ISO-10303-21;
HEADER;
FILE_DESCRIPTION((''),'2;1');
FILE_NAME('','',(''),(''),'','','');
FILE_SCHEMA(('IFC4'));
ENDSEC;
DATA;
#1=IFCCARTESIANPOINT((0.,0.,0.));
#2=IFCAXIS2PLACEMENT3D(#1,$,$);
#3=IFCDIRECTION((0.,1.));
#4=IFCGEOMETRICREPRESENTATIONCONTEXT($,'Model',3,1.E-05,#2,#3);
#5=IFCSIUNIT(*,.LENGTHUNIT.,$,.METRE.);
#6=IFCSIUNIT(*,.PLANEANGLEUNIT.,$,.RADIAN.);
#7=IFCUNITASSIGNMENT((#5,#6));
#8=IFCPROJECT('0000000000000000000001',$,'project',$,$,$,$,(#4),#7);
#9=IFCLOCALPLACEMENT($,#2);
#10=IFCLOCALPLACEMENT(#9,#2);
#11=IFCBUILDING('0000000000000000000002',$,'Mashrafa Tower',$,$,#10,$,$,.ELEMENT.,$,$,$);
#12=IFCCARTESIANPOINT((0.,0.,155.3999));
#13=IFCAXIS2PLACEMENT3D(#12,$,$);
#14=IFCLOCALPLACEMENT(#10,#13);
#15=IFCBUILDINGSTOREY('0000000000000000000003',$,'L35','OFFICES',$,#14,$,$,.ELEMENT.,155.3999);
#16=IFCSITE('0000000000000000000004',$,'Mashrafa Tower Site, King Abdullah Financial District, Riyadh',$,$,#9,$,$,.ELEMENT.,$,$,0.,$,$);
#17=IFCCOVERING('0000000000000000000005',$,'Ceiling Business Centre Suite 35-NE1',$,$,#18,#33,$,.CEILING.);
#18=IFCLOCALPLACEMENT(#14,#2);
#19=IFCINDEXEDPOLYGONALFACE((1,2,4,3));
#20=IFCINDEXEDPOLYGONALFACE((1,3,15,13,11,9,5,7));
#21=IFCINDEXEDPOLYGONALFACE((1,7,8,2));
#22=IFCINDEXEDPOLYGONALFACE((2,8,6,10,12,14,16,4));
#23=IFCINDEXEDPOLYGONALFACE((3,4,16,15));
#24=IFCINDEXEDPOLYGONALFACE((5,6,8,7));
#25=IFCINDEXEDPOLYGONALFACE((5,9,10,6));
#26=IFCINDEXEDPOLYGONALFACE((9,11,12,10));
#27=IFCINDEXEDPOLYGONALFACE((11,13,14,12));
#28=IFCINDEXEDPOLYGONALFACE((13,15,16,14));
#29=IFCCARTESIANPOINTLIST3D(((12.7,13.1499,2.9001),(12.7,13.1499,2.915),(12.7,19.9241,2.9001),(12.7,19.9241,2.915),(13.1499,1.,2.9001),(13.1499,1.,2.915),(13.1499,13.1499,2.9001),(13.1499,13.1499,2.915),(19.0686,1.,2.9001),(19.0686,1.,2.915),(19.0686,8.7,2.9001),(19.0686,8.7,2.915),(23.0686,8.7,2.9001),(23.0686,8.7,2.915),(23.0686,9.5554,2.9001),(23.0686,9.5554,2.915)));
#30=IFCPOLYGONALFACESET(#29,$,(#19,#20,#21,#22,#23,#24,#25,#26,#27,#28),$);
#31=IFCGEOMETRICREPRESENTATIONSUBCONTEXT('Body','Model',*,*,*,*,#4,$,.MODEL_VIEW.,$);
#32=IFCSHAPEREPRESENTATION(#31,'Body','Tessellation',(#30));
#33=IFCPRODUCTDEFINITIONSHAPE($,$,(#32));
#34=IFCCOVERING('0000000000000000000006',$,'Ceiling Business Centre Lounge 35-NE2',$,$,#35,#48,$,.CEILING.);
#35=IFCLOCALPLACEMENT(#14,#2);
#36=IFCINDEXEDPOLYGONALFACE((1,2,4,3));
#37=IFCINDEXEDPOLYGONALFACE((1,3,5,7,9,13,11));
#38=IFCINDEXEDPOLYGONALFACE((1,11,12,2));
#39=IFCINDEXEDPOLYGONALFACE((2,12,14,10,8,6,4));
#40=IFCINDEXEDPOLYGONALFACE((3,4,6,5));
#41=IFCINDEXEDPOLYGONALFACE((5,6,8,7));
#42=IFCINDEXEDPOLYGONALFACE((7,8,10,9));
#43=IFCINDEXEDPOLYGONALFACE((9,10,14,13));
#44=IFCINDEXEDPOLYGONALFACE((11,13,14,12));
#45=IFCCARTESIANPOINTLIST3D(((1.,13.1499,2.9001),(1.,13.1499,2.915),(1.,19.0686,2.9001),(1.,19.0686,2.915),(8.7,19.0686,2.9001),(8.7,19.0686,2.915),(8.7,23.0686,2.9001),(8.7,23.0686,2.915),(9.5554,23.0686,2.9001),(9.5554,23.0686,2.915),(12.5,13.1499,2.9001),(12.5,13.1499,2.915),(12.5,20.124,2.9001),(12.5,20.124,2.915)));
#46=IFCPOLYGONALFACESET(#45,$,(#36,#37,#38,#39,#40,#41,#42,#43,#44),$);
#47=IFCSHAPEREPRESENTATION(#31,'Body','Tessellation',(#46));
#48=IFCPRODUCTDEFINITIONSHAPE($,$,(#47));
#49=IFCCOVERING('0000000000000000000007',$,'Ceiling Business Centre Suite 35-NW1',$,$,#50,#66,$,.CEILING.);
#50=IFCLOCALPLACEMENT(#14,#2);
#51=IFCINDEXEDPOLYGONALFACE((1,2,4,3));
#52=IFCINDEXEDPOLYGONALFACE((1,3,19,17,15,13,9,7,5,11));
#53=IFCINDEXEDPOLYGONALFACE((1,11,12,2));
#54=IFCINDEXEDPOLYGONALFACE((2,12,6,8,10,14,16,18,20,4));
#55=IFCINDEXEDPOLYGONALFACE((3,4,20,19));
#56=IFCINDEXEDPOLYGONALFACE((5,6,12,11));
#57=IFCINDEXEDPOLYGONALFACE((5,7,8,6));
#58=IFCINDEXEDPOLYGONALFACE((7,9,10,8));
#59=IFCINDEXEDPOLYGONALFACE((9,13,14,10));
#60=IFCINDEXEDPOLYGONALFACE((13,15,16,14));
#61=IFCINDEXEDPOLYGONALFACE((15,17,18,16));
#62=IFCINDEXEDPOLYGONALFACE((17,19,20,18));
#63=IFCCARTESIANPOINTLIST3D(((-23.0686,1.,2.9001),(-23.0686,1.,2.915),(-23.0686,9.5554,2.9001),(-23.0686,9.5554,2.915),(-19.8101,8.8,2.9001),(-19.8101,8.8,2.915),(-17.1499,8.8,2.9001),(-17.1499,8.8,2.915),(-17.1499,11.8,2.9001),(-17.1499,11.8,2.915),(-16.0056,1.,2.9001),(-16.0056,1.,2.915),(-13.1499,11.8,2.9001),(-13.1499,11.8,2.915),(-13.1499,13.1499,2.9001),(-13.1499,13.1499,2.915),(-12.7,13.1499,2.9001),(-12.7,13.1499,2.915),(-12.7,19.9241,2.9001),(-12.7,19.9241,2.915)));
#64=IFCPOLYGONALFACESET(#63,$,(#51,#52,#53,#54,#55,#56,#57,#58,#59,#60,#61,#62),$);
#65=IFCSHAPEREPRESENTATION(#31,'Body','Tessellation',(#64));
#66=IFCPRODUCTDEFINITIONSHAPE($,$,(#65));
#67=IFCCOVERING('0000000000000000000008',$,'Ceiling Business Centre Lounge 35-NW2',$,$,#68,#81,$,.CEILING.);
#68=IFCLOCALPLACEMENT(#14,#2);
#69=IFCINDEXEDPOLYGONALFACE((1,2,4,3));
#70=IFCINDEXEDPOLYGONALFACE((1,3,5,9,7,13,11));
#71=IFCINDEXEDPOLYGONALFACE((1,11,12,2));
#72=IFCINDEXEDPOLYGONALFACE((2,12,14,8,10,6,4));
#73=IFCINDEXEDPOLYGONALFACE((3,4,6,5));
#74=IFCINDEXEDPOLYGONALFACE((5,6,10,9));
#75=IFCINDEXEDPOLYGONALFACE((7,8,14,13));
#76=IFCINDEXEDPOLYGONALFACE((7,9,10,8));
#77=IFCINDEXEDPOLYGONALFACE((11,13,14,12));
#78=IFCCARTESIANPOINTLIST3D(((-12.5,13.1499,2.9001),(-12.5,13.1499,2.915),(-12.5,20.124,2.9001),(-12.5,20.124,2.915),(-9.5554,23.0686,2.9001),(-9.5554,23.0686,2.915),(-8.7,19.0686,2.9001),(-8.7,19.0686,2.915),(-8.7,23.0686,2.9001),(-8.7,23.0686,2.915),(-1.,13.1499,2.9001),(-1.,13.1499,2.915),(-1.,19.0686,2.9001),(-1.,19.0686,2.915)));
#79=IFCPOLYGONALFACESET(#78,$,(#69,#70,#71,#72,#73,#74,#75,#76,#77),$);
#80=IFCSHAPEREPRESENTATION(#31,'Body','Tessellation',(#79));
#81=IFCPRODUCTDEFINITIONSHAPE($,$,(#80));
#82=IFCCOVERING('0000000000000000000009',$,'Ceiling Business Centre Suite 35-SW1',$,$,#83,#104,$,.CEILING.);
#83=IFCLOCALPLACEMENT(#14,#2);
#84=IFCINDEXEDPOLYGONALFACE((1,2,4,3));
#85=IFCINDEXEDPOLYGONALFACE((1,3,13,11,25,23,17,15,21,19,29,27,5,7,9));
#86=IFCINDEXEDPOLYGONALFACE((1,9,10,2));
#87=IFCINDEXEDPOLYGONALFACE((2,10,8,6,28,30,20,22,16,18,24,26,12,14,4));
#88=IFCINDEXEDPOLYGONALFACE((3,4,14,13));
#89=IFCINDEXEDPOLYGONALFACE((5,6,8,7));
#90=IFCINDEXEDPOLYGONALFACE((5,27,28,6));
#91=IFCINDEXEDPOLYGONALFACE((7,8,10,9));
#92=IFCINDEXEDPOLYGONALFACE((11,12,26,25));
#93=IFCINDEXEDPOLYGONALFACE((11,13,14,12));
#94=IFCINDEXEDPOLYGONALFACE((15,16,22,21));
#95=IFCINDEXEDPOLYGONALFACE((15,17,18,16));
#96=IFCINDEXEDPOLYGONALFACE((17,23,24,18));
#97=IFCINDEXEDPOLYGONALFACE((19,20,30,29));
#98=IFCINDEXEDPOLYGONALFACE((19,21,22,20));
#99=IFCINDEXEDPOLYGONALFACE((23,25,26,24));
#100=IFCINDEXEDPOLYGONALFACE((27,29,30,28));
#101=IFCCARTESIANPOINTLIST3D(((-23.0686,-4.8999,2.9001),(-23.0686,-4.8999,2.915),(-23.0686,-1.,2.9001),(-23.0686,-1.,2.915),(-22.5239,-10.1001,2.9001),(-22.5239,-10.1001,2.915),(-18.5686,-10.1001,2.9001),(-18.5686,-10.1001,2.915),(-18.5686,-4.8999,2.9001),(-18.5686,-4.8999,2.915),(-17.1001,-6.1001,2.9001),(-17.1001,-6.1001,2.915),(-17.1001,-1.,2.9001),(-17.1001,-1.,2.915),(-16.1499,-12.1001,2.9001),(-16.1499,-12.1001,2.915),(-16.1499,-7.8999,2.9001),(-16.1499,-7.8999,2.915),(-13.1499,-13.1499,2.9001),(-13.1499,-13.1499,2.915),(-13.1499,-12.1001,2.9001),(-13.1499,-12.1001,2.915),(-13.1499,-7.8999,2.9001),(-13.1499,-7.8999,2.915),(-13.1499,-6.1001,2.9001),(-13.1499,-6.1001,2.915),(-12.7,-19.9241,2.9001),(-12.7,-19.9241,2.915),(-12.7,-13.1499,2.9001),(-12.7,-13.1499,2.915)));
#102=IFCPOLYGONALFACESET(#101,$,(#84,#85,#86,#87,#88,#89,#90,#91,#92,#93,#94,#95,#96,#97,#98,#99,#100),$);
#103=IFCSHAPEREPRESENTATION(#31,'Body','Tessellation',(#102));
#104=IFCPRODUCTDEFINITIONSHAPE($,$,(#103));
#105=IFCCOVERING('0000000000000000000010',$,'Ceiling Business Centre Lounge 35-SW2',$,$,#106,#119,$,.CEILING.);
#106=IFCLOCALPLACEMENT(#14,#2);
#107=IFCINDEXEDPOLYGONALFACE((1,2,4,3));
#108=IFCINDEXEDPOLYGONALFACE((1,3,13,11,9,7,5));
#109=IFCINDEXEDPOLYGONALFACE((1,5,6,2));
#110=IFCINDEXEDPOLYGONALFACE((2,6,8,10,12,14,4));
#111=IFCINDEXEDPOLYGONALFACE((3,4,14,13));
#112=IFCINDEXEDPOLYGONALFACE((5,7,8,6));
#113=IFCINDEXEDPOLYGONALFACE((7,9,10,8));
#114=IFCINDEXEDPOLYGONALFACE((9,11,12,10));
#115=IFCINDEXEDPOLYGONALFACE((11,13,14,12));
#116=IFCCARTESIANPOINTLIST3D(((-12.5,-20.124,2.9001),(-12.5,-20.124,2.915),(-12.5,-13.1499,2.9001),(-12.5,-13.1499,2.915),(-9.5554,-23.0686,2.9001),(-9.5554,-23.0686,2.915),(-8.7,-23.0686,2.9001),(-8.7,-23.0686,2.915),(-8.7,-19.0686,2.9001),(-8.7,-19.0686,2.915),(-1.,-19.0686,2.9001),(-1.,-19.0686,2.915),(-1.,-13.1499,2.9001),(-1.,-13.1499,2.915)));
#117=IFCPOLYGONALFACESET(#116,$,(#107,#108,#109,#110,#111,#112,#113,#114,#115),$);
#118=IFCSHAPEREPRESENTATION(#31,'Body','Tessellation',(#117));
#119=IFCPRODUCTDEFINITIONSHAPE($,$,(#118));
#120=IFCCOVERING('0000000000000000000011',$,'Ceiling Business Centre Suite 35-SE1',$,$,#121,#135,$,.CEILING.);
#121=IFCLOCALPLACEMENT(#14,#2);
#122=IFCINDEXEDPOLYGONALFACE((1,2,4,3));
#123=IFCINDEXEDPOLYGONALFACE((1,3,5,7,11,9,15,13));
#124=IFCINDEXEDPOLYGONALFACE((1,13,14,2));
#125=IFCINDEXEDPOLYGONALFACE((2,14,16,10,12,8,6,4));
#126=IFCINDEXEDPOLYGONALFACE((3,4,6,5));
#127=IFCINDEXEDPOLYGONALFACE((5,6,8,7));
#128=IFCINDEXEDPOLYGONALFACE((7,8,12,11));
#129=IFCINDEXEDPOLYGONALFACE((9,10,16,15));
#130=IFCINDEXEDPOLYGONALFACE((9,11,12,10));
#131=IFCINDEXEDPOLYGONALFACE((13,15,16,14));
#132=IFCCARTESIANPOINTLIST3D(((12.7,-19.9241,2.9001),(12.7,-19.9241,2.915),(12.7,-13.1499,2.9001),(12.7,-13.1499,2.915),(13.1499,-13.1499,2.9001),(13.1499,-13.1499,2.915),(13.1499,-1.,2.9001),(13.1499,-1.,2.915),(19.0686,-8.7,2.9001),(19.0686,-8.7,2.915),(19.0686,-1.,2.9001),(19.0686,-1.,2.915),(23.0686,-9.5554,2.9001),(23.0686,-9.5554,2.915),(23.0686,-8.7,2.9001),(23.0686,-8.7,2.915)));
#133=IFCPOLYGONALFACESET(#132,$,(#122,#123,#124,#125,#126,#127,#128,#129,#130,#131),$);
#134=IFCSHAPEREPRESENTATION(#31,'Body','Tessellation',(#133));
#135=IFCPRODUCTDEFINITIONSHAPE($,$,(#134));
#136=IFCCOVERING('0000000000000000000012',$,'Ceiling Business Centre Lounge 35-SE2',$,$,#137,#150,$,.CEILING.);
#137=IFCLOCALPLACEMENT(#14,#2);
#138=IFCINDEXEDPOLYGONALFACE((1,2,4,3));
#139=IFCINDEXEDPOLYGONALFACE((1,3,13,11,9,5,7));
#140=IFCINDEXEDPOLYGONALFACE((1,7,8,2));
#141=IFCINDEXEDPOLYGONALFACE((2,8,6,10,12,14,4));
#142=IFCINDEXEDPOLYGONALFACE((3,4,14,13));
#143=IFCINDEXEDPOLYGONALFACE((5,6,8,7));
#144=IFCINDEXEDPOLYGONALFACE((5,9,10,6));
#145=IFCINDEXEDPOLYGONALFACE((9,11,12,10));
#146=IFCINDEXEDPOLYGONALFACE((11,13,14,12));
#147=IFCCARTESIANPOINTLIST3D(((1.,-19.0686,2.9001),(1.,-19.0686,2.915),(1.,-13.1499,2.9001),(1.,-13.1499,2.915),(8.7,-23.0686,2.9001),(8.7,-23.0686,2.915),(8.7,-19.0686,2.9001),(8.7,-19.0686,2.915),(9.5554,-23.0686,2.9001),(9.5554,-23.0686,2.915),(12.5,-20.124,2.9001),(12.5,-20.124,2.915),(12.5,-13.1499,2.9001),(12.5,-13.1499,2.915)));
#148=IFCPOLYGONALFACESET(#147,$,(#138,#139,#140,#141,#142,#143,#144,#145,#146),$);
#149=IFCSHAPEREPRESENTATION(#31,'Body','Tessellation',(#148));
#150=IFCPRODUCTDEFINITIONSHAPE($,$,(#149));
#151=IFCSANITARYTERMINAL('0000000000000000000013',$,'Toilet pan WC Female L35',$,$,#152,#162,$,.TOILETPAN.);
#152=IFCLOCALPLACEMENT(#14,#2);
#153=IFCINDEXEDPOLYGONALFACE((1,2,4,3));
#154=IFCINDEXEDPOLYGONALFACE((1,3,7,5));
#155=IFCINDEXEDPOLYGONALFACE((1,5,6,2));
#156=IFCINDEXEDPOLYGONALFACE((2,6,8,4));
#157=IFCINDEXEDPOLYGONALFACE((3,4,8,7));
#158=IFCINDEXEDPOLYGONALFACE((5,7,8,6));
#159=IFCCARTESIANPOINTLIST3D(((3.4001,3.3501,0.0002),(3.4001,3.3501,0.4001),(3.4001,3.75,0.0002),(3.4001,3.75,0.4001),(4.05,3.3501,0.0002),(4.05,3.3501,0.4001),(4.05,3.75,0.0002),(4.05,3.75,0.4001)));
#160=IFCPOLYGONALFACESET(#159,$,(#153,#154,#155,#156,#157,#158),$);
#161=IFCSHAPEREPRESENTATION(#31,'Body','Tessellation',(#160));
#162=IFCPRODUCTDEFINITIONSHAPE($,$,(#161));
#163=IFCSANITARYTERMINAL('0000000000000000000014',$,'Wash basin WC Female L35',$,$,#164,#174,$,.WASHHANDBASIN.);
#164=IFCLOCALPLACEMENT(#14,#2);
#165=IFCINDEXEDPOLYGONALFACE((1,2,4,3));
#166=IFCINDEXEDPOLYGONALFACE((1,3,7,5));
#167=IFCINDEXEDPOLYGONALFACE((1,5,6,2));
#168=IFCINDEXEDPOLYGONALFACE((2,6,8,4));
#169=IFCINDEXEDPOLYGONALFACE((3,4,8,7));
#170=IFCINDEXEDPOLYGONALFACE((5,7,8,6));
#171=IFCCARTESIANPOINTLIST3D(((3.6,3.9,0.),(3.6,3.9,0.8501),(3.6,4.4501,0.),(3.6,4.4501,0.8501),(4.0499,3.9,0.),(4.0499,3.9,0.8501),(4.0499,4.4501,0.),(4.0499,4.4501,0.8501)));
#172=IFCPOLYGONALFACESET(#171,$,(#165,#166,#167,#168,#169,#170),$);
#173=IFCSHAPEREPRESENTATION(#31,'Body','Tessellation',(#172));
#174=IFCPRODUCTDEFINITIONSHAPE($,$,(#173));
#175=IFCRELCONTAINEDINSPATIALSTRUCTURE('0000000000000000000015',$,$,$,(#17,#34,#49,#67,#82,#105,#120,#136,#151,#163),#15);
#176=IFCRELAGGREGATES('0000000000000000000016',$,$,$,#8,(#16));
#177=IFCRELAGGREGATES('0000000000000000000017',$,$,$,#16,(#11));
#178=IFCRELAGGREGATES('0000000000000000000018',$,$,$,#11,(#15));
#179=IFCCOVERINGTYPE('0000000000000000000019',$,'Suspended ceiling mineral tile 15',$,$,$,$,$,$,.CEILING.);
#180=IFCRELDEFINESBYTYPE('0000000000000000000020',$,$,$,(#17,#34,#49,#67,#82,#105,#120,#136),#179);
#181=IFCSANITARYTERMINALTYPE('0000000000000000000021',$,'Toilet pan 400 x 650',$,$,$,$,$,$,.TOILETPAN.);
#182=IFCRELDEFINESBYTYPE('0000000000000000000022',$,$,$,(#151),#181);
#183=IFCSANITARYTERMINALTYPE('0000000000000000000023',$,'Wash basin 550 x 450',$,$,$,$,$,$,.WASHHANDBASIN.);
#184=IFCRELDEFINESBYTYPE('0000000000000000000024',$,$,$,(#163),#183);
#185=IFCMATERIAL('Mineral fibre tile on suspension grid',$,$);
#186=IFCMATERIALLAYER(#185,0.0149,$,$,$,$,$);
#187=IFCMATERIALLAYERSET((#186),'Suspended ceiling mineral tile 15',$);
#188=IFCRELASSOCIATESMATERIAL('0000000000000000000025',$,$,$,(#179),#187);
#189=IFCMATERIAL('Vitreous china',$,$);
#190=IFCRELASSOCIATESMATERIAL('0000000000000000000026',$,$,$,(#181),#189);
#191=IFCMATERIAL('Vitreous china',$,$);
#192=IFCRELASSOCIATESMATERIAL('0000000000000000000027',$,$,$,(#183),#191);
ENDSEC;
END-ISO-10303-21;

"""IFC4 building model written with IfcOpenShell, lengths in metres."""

from ifc_helpers import new_model, si_unit, direction, frame, origin, origin_2d, place, context, subcontext, project, spatial, polyline, rectangle, outline, extrude, material, layer, layer_set, type_object, element, save


model = new_model("IFC4")

# Units and contexts
model_context = context("Model", 3, precision=1e-05, world=origin(), true_north=direction((0.0, 1.0)))
body_context = subcontext(model_context, "Body", "Model", "MODEL_VIEW")
ifc_project = project(units=[si_unit("LENGTHUNIT", "METRE"), si_unit("PLANEANGLEUNIT", "RADIAN")], contexts=[model_context])

# Site, building, storey
site_placement = place(None, origin())
site = spatial("IfcSite", under=ifc_project, at=site_placement, Name="Mashrafa Tower Site, King Abdullah Financial District, Riyadh", CompositionType="ELEMENT", RefElevation=0.0)
building_placement = place(site_placement, origin())
building = spatial("IfcBuilding", under=site, at=building_placement, Name="Mashrafa Tower", CompositionType="ELEMENT")
storey_placement = place(building_placement, frame((0.0, 0.0, 155.3999)))
storey = spatial("IfcBuildingStorey", under=building, at=storey_placement, Name="L35", Description="OFFICES", CompositionType="ELEMENT", Elevation=155.3999)

# Coverings
ifc_material_1 = material(Name="Mineral fibre tile on suspension grid")
ifc_layer_1 = layer(ifc_material_1, 0.0149)
ifc_layer_set_1 = layer_set([ifc_layer_1], Name="Suspended ceiling mineral tile 15")
covering_type = type_object("IfcCoveringType", Name="Suspended ceiling mineral tile 15", PredefinedType="CEILING", material=ifc_layer_set_1)
covering_1_placement = place(storey_placement, frame((0.0, 0.0, 2.9001)))
element("IfcCovering", 1, at=covering_1_placement, inside=storey, type_object=covering_type, Name="Ceiling Business Centre Suite 35-NE1", PredefinedType="CEILING", context=body_context, shape_type="SweptSolid", body=[
    extrude(outline(polyline([(12.7, 13.1499), (12.7, 19.9241), (23.0686, 9.5554), (23.0686, 8.7), (19.0686, 8.7), (19.0686, 1.0), (13.1499, 1.0), (13.1499, 13.1499), (12.7, 13.1499)])), origin(), (0.0, 0.0, 1.0), 0.0149),
])
covering_2_placement = place(storey_placement, frame((0.0, 0.0, 2.9001)))
element("IfcCovering", 2, at=covering_2_placement, inside=storey, type_object=covering_type, Name="Ceiling Business Centre Lounge 35-NE2", PredefinedType="CEILING", context=body_context, shape_type="SweptSolid", body=[
    extrude(outline(polyline([(8.7, 23.0686), (9.5554, 23.0686), (12.5, 20.124), (12.5, 13.1499), (1.0, 13.1499), (1.0, 19.0686), (8.7, 19.0686), (8.7, 23.0686)])), origin(), (0.0, 0.0, 1.0), 0.0149),
])
covering_3_placement = place(storey_placement, frame((0.0, 0.0, 2.9001)))
element("IfcCovering", 3, at=covering_3_placement, inside=storey, type_object=covering_type, Name="Ceiling Business Centre Suite 35-NW1", PredefinedType="CEILING", context=body_context, shape_type="SweptSolid", body=[
    extrude(outline(polyline([(-23.0686, 1.0), (-23.0686, 9.5554), (-12.7, 19.9241), (-12.7, 13.1499), (-13.1499, 13.1499), (-13.1499, 11.8), (-17.1499, 11.8), (-17.1499, 8.8), (-19.8101, 8.8), (-16.0056, 1.0), (-23.0686, 1.0)])), origin(), (0.0, 0.0, 1.0), 0.0149),
])
covering_4_placement = place(storey_placement, frame((0.0, 0.0, 2.9001)))
element("IfcCovering", 4, at=covering_4_placement, inside=storey, type_object=covering_type, Name="Ceiling Business Centre Lounge 35-NW2", PredefinedType="CEILING", context=body_context, shape_type="SweptSolid", body=[
    extrude(outline(polyline([(-12.5, 13.1499), (-12.5, 20.124), (-9.5554, 23.0686), (-8.7, 23.0686), (-8.7, 19.0686), (-1.0, 19.0686), (-1.0, 13.1499), (-12.5, 13.1499)])), origin(), (0.0, 0.0, 1.0), 0.0149),
])
covering_5_placement = place(storey_placement, frame((0.0, 0.0, 2.9001)))
element("IfcCovering", 5, at=covering_5_placement, inside=storey, type_object=covering_type, Name="Ceiling Business Centre Suite 35-SW1", PredefinedType="CEILING", context=body_context, shape_type="SweptSolid", body=[
    extrude(outline(polyline([(-12.7, -19.9241), (-22.5239, -10.1001), (-18.5686, -10.1001), (-18.5686, -4.8999), (-23.0686, -4.8999), (-23.0686, -1.0), (-17.1001, -1.0), (-17.1001, -6.1001), (-13.1499, -6.1001), (-13.1499, -7.8999), (-16.1499, -7.8999), (-16.1499, -12.1001), (-13.1499, -12.1001), (-13.1499, -13.1499), (-12.7, -13.1499), (-12.7, -19.9241)])), origin(), (0.0, 0.0, 1.0), 0.0149),
])
covering_6_placement = place(storey_placement, frame((0.0, 0.0, 2.9001)))
element("IfcCovering", 6, at=covering_6_placement, inside=storey, type_object=covering_type, Name="Ceiling Business Centre Lounge 35-SW2", PredefinedType="CEILING", context=body_context, shape_type="SweptSolid", body=[
    extrude(outline(polyline([(-8.7, -23.0686), (-9.5554, -23.0686), (-12.5, -20.124), (-12.5, -13.1499), (-1.0, -13.1499), (-1.0, -19.0686), (-8.7, -19.0686), (-8.7, -23.0686)])), origin(), (0.0, 0.0, 1.0), 0.0149),
])
covering_7_placement = place(storey_placement, frame((0.0, 0.0, 2.9001)))
element("IfcCovering", 7, at=covering_7_placement, inside=storey, type_object=covering_type, Name="Ceiling Business Centre Suite 35-SE1", PredefinedType="CEILING", context=body_context, shape_type="SweptSolid", body=[
    extrude(outline(polyline([(23.0686, -8.7), (23.0686, -9.5554), (12.7, -19.9241), (12.7, -13.1499), (13.1499, -13.1499), (13.1499, -1.0), (19.0686, -1.0), (19.0686, -8.7), (23.0686, -8.7)])), origin(), (0.0, 0.0, 1.0), 0.0149),
])
covering_8_placement = place(storey_placement, frame((0.0, 0.0, 2.9001)))
element("IfcCovering", 8, at=covering_8_placement, inside=storey, type_object=covering_type, Name="Ceiling Business Centre Lounge 35-SE2", PredefinedType="CEILING", context=body_context, shape_type="SweptSolid", body=[
    extrude(outline(polyline([(12.5, -13.1499), (12.5, -20.124), (9.5554, -23.0686), (8.7, -23.0686), (8.7, -19.0686), (1.0, -19.0686), (1.0, -13.1499), (12.5, -13.1499)])), origin(), (0.0, 0.0, 1.0), 0.0149),
])

# Sanitary terminals
ifc_material_2 = material(Name="Vitreous china")
sanitary_terminal_type_1 = type_object("IfcSanitaryTerminalType", Name="Toilet pan 400 x 650", PredefinedType="TOILETPAN", material=ifc_material_2)
sanitary_terminal_1_placement = place(storey_placement, frame((3.7251, 3.55, 0.0002), z_axis=(0.0, 0.0, 1.0), x_axis=(0.0, 1.0, 0.0)))
element("IfcSanitaryTerminal", 9, at=sanitary_terminal_1_placement, inside=storey, type_object=sanitary_terminal_type_1, Name="Toilet pan WC Female L35", PredefinedType="TOILETPAN", context=body_context, shape_type="SweptSolid", body=[
    extrude(rectangle(XDim=0.3999, YDim=0.6499, at=origin_2d()), origin(), (0.0, 0.0, 1.0), 0.3999),
])
ifc_material_3 = material(Name="Vitreous china")
sanitary_terminal_type_2 = type_object("IfcSanitaryTerminalType", Name="Wash basin 550 x 450", PredefinedType="WASHHANDBASIN", material=ifc_material_3)
sanitary_terminal_2_placement = place(storey_placement, frame((3.825, 4.175, 0.0), z_axis=(0.0, 0.0, 1.0), x_axis=(0.0, 1.0, 0.0)))
element("IfcSanitaryTerminal", 10, at=sanitary_terminal_2_placement, inside=storey, type_object=sanitary_terminal_type_2, Name="Wash basin WC Female L35", PredefinedType="WASHHANDBASIN", context=body_context, shape_type="SweptSolid", body=[
    extrude(rectangle(XDim=0.55, YDim=0.45, at=origin_2d()), origin(), (0.0, 0.0, 1.0), 0.8501),
])

save(model, "model.ifc")
